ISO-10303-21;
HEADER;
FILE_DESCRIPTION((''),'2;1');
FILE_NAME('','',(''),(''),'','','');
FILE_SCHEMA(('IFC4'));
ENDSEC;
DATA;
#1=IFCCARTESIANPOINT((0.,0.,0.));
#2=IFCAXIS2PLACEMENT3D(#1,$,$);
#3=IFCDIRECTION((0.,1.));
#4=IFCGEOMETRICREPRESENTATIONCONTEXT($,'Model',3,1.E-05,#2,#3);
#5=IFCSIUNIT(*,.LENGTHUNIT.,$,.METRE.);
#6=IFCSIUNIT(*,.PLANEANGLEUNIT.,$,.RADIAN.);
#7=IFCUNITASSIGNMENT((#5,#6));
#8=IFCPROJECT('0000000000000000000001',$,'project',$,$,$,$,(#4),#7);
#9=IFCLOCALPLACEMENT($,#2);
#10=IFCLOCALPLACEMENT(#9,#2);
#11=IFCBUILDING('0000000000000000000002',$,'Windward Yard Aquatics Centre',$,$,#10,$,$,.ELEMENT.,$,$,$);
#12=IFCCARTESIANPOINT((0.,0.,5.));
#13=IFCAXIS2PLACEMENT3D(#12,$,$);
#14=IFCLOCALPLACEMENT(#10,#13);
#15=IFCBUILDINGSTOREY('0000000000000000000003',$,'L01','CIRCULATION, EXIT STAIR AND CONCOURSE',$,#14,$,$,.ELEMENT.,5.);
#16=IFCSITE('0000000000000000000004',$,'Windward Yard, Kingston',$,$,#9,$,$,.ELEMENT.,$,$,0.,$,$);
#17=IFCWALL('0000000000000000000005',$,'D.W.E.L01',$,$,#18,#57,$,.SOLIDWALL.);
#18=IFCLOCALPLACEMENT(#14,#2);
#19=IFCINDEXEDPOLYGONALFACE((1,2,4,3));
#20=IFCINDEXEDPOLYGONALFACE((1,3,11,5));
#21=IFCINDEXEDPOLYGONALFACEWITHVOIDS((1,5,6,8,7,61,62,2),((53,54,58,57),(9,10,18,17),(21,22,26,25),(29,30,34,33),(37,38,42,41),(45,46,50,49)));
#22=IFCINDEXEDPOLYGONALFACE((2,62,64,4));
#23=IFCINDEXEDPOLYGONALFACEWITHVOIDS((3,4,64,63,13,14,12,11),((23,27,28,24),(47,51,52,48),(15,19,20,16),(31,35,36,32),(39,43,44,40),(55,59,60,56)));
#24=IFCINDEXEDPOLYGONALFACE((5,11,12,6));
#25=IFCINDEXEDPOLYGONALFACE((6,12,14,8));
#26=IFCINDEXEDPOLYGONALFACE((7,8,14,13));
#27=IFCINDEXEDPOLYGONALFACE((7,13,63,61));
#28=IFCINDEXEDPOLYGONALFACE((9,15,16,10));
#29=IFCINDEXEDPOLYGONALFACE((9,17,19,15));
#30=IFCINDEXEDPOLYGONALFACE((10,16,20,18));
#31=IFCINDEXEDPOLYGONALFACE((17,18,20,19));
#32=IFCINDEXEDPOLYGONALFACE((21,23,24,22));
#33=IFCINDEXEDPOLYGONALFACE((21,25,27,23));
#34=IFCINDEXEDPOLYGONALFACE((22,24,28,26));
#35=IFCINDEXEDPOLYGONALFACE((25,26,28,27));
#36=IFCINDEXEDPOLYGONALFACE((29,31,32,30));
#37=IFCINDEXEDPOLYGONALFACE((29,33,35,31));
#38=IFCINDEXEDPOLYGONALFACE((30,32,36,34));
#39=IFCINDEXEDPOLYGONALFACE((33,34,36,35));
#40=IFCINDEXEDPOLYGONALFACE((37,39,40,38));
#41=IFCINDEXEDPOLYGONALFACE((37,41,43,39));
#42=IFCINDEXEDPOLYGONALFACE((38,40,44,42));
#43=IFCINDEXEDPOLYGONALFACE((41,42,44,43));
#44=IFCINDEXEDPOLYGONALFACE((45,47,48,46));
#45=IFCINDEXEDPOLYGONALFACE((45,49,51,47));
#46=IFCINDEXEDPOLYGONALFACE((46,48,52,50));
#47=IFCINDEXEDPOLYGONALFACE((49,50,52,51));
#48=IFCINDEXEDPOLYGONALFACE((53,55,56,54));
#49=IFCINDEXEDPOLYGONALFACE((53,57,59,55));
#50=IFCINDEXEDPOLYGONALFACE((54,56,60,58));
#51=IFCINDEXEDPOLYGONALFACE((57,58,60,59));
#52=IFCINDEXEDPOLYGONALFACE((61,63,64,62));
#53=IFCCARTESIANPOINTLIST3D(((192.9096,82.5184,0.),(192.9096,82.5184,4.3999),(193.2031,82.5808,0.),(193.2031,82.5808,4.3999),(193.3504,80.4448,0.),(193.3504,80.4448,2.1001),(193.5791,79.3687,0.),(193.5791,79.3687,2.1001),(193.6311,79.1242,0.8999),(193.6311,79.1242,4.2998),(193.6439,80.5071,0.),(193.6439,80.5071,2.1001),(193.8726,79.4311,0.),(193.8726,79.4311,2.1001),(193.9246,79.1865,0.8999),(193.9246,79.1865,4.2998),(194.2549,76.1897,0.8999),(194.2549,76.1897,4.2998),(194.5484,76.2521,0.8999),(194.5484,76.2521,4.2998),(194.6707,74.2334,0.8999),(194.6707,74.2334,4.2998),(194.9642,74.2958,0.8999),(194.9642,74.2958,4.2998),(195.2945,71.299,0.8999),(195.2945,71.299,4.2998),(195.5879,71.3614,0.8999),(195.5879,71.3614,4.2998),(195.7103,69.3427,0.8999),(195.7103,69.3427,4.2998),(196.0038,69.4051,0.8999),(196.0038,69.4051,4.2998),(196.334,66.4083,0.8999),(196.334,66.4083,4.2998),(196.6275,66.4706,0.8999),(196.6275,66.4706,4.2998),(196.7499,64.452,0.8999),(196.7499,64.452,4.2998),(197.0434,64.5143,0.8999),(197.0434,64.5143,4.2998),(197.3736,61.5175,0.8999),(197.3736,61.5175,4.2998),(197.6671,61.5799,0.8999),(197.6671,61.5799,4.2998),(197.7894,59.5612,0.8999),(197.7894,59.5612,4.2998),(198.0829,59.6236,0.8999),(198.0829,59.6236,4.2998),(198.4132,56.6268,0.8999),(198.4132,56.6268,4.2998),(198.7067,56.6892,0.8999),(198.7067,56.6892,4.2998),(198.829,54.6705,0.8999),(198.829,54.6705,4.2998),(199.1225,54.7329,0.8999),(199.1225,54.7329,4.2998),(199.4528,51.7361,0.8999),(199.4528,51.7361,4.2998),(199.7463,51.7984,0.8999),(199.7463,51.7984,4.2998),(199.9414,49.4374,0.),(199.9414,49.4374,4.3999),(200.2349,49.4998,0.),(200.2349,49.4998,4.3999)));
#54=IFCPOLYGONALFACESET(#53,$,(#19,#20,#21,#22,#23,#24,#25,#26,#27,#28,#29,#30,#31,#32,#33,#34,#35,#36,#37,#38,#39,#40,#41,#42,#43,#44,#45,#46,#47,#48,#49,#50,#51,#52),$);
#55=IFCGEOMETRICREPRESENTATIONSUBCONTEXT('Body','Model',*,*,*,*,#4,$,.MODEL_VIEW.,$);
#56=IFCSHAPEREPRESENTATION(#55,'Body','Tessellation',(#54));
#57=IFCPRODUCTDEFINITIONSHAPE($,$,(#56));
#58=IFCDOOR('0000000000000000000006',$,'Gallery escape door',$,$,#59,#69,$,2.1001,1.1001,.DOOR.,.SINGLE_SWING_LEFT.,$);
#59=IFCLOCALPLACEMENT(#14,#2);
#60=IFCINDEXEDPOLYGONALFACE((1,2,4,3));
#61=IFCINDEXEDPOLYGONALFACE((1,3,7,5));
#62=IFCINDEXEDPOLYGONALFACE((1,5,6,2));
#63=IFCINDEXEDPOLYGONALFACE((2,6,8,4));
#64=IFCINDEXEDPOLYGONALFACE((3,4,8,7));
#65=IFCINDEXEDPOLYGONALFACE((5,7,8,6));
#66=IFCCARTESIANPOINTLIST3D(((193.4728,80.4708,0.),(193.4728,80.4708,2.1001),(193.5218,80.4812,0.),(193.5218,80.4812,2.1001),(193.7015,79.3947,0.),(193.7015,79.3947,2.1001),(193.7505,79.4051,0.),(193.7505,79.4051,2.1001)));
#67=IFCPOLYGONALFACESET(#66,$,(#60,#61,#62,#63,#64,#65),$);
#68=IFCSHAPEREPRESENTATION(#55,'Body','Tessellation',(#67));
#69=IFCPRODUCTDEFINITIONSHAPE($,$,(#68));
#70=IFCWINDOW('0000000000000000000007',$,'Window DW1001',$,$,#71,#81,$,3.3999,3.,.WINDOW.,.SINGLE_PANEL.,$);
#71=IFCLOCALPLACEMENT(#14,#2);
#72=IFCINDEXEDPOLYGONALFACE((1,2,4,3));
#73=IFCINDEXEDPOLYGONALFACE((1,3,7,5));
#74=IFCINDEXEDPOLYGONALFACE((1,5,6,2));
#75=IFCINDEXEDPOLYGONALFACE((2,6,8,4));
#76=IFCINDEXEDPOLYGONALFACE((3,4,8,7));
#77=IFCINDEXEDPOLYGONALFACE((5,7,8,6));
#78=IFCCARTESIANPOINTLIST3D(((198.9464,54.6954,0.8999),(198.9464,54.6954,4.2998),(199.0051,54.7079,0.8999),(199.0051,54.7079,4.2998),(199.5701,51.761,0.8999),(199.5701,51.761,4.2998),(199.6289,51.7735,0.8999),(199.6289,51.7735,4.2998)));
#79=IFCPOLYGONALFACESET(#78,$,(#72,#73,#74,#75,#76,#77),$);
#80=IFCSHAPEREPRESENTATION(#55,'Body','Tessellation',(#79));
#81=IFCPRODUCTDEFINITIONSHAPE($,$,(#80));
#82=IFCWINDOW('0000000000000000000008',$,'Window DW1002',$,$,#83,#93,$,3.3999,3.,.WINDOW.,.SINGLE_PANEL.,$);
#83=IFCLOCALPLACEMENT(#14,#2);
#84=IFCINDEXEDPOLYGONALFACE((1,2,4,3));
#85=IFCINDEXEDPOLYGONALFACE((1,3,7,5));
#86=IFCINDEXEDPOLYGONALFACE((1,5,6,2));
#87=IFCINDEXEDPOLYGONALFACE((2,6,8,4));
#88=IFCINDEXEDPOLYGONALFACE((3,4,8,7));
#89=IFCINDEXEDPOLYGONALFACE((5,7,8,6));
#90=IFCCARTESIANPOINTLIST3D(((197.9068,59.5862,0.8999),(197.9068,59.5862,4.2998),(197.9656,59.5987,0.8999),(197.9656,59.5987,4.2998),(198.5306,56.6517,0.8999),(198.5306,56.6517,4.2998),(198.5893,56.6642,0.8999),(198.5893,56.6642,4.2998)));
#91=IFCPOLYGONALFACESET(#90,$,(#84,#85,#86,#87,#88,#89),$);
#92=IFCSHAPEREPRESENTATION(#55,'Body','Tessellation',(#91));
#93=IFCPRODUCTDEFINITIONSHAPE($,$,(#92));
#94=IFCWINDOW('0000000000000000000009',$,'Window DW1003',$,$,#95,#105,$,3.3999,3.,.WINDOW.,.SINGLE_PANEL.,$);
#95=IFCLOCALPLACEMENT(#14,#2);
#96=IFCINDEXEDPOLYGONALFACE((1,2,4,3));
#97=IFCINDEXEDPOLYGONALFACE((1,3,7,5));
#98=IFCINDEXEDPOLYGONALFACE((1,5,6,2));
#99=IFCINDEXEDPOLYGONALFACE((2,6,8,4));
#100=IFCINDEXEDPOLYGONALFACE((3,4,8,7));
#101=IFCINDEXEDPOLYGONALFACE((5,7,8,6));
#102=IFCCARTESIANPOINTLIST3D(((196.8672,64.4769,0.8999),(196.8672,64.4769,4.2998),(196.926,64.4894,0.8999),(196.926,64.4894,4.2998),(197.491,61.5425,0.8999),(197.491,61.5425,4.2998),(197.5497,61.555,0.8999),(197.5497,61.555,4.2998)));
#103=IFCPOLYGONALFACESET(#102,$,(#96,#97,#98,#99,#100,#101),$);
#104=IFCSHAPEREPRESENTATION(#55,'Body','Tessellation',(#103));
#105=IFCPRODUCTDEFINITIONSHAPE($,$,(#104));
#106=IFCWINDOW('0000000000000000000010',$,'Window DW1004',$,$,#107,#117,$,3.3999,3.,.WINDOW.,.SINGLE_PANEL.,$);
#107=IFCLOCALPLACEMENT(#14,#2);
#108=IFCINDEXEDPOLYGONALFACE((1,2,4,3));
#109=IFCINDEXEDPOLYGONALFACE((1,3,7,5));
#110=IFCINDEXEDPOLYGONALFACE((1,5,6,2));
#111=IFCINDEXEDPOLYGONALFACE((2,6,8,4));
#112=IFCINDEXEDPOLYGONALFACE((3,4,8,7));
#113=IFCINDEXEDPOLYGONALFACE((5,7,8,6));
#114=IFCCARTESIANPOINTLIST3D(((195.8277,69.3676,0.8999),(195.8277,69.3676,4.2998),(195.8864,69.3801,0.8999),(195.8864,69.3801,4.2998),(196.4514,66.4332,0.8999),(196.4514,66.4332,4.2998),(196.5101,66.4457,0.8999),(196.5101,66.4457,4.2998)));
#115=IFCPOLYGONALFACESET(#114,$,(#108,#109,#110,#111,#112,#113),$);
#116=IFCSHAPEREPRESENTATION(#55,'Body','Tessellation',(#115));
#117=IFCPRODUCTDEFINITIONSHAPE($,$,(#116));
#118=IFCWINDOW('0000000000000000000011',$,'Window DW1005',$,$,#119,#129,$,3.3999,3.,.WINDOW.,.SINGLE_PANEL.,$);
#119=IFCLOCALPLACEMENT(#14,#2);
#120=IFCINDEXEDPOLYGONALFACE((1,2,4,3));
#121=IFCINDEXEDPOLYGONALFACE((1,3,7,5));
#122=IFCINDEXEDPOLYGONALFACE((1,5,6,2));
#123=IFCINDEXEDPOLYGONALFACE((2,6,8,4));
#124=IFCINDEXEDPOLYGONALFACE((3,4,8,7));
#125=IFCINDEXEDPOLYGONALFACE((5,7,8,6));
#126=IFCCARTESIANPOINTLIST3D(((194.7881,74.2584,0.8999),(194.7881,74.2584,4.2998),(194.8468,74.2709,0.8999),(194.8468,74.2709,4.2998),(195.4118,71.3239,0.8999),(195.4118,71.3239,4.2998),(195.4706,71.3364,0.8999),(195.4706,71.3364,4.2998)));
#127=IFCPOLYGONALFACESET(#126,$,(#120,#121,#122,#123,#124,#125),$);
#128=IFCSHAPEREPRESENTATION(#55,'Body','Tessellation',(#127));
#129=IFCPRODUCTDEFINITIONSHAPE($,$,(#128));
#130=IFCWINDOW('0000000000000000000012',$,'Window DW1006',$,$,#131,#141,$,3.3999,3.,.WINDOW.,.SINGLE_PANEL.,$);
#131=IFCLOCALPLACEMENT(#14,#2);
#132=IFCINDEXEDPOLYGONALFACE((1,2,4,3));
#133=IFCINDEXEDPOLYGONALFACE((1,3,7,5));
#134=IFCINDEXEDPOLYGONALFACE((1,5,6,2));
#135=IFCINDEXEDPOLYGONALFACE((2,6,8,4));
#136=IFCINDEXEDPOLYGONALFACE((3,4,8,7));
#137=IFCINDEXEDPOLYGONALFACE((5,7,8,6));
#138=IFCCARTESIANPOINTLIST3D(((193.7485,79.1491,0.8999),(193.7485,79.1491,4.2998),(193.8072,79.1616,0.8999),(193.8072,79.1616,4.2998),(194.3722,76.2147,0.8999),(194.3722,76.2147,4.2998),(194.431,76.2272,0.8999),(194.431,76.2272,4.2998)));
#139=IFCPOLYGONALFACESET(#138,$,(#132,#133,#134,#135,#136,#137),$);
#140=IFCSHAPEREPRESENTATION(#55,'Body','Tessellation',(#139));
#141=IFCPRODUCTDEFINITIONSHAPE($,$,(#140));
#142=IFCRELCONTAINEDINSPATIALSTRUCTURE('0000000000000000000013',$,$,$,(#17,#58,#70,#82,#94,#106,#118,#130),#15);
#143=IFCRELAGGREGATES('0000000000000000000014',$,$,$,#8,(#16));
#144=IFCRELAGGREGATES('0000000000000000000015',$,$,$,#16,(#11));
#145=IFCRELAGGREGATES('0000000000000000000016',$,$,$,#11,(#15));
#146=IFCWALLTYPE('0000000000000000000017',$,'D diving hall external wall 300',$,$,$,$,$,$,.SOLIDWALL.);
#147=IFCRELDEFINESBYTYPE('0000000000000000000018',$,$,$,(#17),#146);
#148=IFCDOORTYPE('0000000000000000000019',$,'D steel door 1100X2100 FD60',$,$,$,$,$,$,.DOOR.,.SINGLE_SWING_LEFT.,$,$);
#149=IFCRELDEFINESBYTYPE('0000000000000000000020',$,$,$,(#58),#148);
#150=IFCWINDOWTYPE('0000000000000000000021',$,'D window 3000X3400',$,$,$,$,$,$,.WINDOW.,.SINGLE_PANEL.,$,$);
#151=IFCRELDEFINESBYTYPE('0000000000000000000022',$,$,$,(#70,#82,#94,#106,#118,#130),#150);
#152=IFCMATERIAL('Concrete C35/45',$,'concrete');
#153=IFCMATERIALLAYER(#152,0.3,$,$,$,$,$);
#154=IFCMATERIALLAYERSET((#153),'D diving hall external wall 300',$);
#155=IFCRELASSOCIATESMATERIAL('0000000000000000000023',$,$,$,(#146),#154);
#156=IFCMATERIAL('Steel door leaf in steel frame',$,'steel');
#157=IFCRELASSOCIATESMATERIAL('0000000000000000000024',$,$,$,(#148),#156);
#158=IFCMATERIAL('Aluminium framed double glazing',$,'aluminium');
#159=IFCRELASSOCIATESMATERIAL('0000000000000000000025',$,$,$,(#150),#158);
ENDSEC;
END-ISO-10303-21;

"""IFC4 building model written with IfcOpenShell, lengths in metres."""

from ifc_helpers import new_model, si_unit, direction, frame, frame_2d, origin, place, context, subcontext, project, spatial, rectangle, extrude, material, layer, layer_set, type_object, element, fill, save


model = new_model("IFC4")

# Units and contexts
model_context = context("Model", 3, precision=1e-05, world=origin(), true_north=direction((0.0, 1.0)))
body_context = subcontext(model_context, "Body", "Model", "MODEL_VIEW")
ifc_project = project(units=[si_unit("LENGTHUNIT", "METRE"), si_unit("PLANEANGLEUNIT", "RADIAN")], contexts=[model_context])

# Site, building, storey
site_placement = place(None, origin())
site = spatial("IfcSite", under=ifc_project, at=site_placement, Name="Windward Yard, Kingston", CompositionType="ELEMENT", RefElevation=0.0)
building_placement = place(site_placement, origin())
building = spatial("IfcBuilding", under=site, at=building_placement, Name="Windward Yard Aquatics Centre", CompositionType="ELEMENT")
storey_placement = place(building_placement, frame((0.0, 0.0, 5.0)))
storey = spatial("IfcBuildingStorey", under=building, at=storey_placement, Name="L01", Description="CIRCULATION, EXIT STAIR AND CONCOURSE", CompositionType="ELEMENT", Elevation=5.0)

# Shared definitions
ifc_material_1 = material(Name="Concrete C35/45", Category="concrete")

# Shared definitions
ifc_material_2 = material(Name="Aluminium framed double glazing", Category="aluminium")

# Wall, openings, door, windows
ifc_layer_1 = layer(ifc_material_1, 0.3)
ifc_layer_set_1 = layer_set([ifc_layer_1], Name="D diving hall external wall 300")
wall_type_1 = type_object("IfcWallType", Name="D diving hall external wall 300", PredefinedType="SOLIDWALL", material=ifc_layer_set_1)
wall_1_placement = place(storey_placement, frame((200.0881, 49.4685, 0.0), z_axis=(0.0, 0.0, 1.0), x_axis=(-0.207916, 0.978147, 0.0)))
wall_1 = element("IfcWall", 1, at=wall_1_placement, inside=storey, type_object=wall_type_1, Name="D.W.E.L01", PredefinedType="SOLIDWALL", context=body_context, shape_type="SweptSolid", body=[
    extrude(rectangle(XDim=33.8201, YDim=0.3, at=frame_2d((16.9102, 0.0))), origin(), (0.0, 0.0, 1.0), 4.3999),
])
opening_1_placement = place(wall_1_placement, frame((30.6001, 0.0, 0.0)))
opening_1 = element("IfcOpeningElement", 2, at=opening_1_placement, cuts=wall_1, PredefinedType="OPENING", context=body_context, shape_type="SweptSolid", body=[
    extrude(rectangle(XDim=1.1001, YDim=2.1001, at=frame_2d((0.55, 1.05))), frame((0.0, 0.1602, 0.0), z_axis=(0.0, -1.0, 0.0), x_axis=(1.0, 0.0, 0.0)), (0.0, 0.0, 1.0), 0.3201),
])
opening_2_placement = place(wall_1_placement, frame((2.3501, 0.0, 0.8999)))
opening_2 = element("IfcOpeningElement", 3, at=opening_2_placement, cuts=wall_1, PredefinedType="OPENING", context=body_context, shape_type="SweptSolid", body=[
    extrude(rectangle(XDim=3.0, YDim=3.3999, at=frame_2d((1.5, 1.7))), frame((0.0, 0.1602, 0.0), z_axis=(0.0, -1.0, 0.0), x_axis=(1.0, 0.0, 0.0)), (0.0, 0.0, 1.0), 0.3201),
])
opening_3_placement = place(wall_1_placement, frame((7.3501, 0.0, 0.8999)))
opening_3 = element("IfcOpeningElement", 4, at=opening_3_placement, cuts=wall_1, PredefinedType="OPENING", context=body_context, shape_type="SweptSolid", body=[
    extrude(rectangle(XDim=3.0, YDim=3.3999, at=frame_2d((1.5, 1.7))), frame((0.0, 0.1602, 0.0), z_axis=(0.0, -1.0, 0.0), x_axis=(1.0, 0.0, 0.0)), (0.0, 0.0, 1.0), 0.3201),
])
opening_4_placement = place(wall_1_placement, frame((12.3501, 0.0, 0.8999)))
opening_4 = element("IfcOpeningElement", 5, at=opening_4_placement, cuts=wall_1, PredefinedType="OPENING", context=body_context, shape_type="SweptSolid", body=[
    extrude(rectangle(XDim=3.0, YDim=3.3999, at=frame_2d((1.5, 1.7))), frame((0.0, 0.1602, 0.0), z_axis=(0.0, -1.0, 0.0), x_axis=(1.0, 0.0, 0.0)), (0.0, 0.0, 1.0), 0.3201),
])
opening_5_placement = place(wall_1_placement, frame((17.3501, 0.0, 0.8999)))
opening_5 = element("IfcOpeningElement", 6, at=opening_5_placement, cuts=wall_1, PredefinedType="OPENING", context=body_context, shape_type="SweptSolid", body=[
    extrude(rectangle(XDim=3.0, YDim=3.3999, at=frame_2d((1.5, 1.7))), frame((0.0, 0.1602, 0.0), z_axis=(0.0, -1.0, 0.0), x_axis=(1.0, 0.0, 0.0)), (0.0, 0.0, 1.0), 0.3201),
])
opening_6_placement = place(wall_1_placement, frame((22.3501, 0.0, 0.8999)))
opening_6 = element("IfcOpeningElement", 7, at=opening_6_placement, cuts=wall_1, PredefinedType="OPENING", context=body_context, shape_type="SweptSolid", body=[
    extrude(rectangle(XDim=3.0, YDim=3.3999, at=frame_2d((1.5, 1.7))), frame((0.0, 0.1602, 0.0), z_axis=(0.0, -1.0, 0.0), x_axis=(1.0, 0.0, 0.0)), (0.0, 0.0, 1.0), 0.3201),
])
opening_7_placement = place(wall_1_placement, frame((27.3501, 0.0, 0.8999)))
opening_7 = element("IfcOpeningElement", 8, at=opening_7_placement, cuts=wall_1, PredefinedType="OPENING", context=body_context, shape_type="SweptSolid", body=[
    extrude(rectangle(XDim=3.0, YDim=3.3999, at=frame_2d((1.5, 1.7))), frame((0.0, 0.1602, 0.0), z_axis=(0.0, -1.0, 0.0), x_axis=(1.0, 0.0, 0.0)), (0.0, 0.0, 1.0), 0.3201),
])
ifc_material_3 = material(Name="Steel door leaf in steel frame", Category="steel")
door_type = type_object("IfcDoorType", Name="D steel door 1100X2100 FD60", OperationType="SINGLE_SWING_LEFT", PredefinedType="DOOR", material=ifc_material_3)
door_placement = place(opening_1_placement, origin())
door = element("IfcDoor", 9, at=door_placement, inside=storey, type_object=door_type, Name="Gallery escape door", OperationType="SINGLE_SWING_LEFT", OverallHeight=2.1001, OverallWidth=1.1001, PredefinedType="DOOR", context=body_context, shape_type="SweptSolid", body=[
    extrude(rectangle(XDim=1.1001, YDim=2.1001, at=frame_2d((0.55, 1.05))), frame((0.0, 0.0249, 0.0), z_axis=(0.0, -1.0, 0.0), x_axis=(1.0, 0.0, 0.0)), (0.0, 0.0, 1.0), 0.05),
])
fill(opening_1, door)
window_type_1 = type_object("IfcWindowType", Name="D window 3000X3400", PartitioningType="SINGLE_PANEL", PredefinedType="WINDOW", material=ifc_material_2)
window_1_placement = place(opening_2_placement, origin())
window_1 = element("IfcWindow", 10, at=window_1_placement, inside=storey, type_object=window_type_1, Name="Window DW1001", OverallHeight=3.3999, OverallWidth=3.0, PartitioningType="SINGLE_PANEL", PredefinedType="WINDOW", context=body_context, shape_type="SweptSolid", body=[
    extrude(rectangle(XDim=3.0, YDim=3.3999, at=frame_2d((1.5, 1.7))), frame((0.0, 0.03, 0.0), z_axis=(0.0, -1.0, 0.0), x_axis=(1.0, 0.0, 0.0)), (0.0, 0.0, 1.0), 0.0601),
])
fill(opening_2, window_1)
window_2_placement = place(opening_3_placement, origin())
window_2 = element("IfcWindow", 11, at=window_2_placement, inside=storey, type_object=window_type_1, Name="Window DW1002", OverallHeight=3.3999, OverallWidth=3.0, PartitioningType="SINGLE_PANEL", PredefinedType="WINDOW", context=body_context, shape_type="SweptSolid", body=[
    extrude(rectangle(XDim=3.0, YDim=3.3999, at=frame_2d((1.5, 1.7))), frame((0.0, 0.03, 0.0), z_axis=(0.0, -1.0, 0.0), x_axis=(1.0, 0.0, 0.0)), (0.0, 0.0, 1.0), 0.0601),
])
fill(opening_3, window_2)
window_3_placement = place(opening_4_placement, origin())
window_3 = element("IfcWindow", 12, at=window_3_placement, inside=storey, type_object=window_type_1, Name="Window DW1003", OverallHeight=3.3999, OverallWidth=3.0, PartitioningType="SINGLE_PANEL", PredefinedType="WINDOW", context=body_context, shape_type="SweptSolid", body=[
    extrude(rectangle(XDim=3.0, YDim=3.3999, at=frame_2d((1.5, 1.7))), frame((0.0, 0.03, 0.0), z_axis=(0.0, -1.0, 0.0), x_axis=(1.0, 0.0, 0.0)), (0.0, 0.0, 1.0), 0.0601),
])
fill(opening_4, window_3)
window_4_placement = place(opening_5_placement, origin())
window_4 = element("IfcWindow", 13, at=window_4_placement, inside=storey, type_object=window_type_1, Name="Window DW1004", OverallHeight=3.3999, OverallWidth=3.0, PartitioningType="SINGLE_PANEL", PredefinedType="WINDOW", context=body_context, shape_type="SweptSolid", body=[
    extrude(rectangle(XDim=3.0, YDim=3.3999, at=frame_2d((1.5, 1.7))), frame((0.0, 0.03, 0.0), z_axis=(0.0, -1.0, 0.0), x_axis=(1.0, 0.0, 0.0)), (0.0, 0.0, 1.0), 0.0601),
])
fill(opening_5, window_4)
window_5_placement = place(opening_6_placement, origin())
window_5 = element("IfcWindow", 14, at=window_5_placement, inside=storey, type_object=window_type_1, Name="Window DW1005", OverallHeight=3.3999, OverallWidth=3.0, PartitioningType="SINGLE_PANEL", PredefinedType="WINDOW", context=body_context, shape_type="SweptSolid", body=[
    extrude(rectangle(XDim=3.0, YDim=3.3999, at=frame_2d((1.5, 1.7))), frame((0.0, 0.03, 0.0), z_axis=(0.0, -1.0, 0.0), x_axis=(1.0, 0.0, 0.0)), (0.0, 0.0, 1.0), 0.0601),
])
fill(opening_6, window_5)
window_6_placement = place(opening_7_placement, origin())
window_6 = element("IfcWindow", 15, at=window_6_placement, inside=storey, type_object=window_type_1, Name="Window DW1006", OverallHeight=3.3999, OverallWidth=3.0, PartitioningType="SINGLE_PANEL", PredefinedType="WINDOW", context=body_context, shape_type="SweptSolid", body=[
    extrude(rectangle(XDim=3.0, YDim=3.3999, at=frame_2d((1.5, 1.7))), frame((0.0, 0.03, 0.0), z_axis=(0.0, -1.0, 0.0), x_axis=(1.0, 0.0, 0.0)), (0.0, 0.0, 1.0), 0.0601),
])
fill(opening_7, window_6)

save(model, "model.ifc")
